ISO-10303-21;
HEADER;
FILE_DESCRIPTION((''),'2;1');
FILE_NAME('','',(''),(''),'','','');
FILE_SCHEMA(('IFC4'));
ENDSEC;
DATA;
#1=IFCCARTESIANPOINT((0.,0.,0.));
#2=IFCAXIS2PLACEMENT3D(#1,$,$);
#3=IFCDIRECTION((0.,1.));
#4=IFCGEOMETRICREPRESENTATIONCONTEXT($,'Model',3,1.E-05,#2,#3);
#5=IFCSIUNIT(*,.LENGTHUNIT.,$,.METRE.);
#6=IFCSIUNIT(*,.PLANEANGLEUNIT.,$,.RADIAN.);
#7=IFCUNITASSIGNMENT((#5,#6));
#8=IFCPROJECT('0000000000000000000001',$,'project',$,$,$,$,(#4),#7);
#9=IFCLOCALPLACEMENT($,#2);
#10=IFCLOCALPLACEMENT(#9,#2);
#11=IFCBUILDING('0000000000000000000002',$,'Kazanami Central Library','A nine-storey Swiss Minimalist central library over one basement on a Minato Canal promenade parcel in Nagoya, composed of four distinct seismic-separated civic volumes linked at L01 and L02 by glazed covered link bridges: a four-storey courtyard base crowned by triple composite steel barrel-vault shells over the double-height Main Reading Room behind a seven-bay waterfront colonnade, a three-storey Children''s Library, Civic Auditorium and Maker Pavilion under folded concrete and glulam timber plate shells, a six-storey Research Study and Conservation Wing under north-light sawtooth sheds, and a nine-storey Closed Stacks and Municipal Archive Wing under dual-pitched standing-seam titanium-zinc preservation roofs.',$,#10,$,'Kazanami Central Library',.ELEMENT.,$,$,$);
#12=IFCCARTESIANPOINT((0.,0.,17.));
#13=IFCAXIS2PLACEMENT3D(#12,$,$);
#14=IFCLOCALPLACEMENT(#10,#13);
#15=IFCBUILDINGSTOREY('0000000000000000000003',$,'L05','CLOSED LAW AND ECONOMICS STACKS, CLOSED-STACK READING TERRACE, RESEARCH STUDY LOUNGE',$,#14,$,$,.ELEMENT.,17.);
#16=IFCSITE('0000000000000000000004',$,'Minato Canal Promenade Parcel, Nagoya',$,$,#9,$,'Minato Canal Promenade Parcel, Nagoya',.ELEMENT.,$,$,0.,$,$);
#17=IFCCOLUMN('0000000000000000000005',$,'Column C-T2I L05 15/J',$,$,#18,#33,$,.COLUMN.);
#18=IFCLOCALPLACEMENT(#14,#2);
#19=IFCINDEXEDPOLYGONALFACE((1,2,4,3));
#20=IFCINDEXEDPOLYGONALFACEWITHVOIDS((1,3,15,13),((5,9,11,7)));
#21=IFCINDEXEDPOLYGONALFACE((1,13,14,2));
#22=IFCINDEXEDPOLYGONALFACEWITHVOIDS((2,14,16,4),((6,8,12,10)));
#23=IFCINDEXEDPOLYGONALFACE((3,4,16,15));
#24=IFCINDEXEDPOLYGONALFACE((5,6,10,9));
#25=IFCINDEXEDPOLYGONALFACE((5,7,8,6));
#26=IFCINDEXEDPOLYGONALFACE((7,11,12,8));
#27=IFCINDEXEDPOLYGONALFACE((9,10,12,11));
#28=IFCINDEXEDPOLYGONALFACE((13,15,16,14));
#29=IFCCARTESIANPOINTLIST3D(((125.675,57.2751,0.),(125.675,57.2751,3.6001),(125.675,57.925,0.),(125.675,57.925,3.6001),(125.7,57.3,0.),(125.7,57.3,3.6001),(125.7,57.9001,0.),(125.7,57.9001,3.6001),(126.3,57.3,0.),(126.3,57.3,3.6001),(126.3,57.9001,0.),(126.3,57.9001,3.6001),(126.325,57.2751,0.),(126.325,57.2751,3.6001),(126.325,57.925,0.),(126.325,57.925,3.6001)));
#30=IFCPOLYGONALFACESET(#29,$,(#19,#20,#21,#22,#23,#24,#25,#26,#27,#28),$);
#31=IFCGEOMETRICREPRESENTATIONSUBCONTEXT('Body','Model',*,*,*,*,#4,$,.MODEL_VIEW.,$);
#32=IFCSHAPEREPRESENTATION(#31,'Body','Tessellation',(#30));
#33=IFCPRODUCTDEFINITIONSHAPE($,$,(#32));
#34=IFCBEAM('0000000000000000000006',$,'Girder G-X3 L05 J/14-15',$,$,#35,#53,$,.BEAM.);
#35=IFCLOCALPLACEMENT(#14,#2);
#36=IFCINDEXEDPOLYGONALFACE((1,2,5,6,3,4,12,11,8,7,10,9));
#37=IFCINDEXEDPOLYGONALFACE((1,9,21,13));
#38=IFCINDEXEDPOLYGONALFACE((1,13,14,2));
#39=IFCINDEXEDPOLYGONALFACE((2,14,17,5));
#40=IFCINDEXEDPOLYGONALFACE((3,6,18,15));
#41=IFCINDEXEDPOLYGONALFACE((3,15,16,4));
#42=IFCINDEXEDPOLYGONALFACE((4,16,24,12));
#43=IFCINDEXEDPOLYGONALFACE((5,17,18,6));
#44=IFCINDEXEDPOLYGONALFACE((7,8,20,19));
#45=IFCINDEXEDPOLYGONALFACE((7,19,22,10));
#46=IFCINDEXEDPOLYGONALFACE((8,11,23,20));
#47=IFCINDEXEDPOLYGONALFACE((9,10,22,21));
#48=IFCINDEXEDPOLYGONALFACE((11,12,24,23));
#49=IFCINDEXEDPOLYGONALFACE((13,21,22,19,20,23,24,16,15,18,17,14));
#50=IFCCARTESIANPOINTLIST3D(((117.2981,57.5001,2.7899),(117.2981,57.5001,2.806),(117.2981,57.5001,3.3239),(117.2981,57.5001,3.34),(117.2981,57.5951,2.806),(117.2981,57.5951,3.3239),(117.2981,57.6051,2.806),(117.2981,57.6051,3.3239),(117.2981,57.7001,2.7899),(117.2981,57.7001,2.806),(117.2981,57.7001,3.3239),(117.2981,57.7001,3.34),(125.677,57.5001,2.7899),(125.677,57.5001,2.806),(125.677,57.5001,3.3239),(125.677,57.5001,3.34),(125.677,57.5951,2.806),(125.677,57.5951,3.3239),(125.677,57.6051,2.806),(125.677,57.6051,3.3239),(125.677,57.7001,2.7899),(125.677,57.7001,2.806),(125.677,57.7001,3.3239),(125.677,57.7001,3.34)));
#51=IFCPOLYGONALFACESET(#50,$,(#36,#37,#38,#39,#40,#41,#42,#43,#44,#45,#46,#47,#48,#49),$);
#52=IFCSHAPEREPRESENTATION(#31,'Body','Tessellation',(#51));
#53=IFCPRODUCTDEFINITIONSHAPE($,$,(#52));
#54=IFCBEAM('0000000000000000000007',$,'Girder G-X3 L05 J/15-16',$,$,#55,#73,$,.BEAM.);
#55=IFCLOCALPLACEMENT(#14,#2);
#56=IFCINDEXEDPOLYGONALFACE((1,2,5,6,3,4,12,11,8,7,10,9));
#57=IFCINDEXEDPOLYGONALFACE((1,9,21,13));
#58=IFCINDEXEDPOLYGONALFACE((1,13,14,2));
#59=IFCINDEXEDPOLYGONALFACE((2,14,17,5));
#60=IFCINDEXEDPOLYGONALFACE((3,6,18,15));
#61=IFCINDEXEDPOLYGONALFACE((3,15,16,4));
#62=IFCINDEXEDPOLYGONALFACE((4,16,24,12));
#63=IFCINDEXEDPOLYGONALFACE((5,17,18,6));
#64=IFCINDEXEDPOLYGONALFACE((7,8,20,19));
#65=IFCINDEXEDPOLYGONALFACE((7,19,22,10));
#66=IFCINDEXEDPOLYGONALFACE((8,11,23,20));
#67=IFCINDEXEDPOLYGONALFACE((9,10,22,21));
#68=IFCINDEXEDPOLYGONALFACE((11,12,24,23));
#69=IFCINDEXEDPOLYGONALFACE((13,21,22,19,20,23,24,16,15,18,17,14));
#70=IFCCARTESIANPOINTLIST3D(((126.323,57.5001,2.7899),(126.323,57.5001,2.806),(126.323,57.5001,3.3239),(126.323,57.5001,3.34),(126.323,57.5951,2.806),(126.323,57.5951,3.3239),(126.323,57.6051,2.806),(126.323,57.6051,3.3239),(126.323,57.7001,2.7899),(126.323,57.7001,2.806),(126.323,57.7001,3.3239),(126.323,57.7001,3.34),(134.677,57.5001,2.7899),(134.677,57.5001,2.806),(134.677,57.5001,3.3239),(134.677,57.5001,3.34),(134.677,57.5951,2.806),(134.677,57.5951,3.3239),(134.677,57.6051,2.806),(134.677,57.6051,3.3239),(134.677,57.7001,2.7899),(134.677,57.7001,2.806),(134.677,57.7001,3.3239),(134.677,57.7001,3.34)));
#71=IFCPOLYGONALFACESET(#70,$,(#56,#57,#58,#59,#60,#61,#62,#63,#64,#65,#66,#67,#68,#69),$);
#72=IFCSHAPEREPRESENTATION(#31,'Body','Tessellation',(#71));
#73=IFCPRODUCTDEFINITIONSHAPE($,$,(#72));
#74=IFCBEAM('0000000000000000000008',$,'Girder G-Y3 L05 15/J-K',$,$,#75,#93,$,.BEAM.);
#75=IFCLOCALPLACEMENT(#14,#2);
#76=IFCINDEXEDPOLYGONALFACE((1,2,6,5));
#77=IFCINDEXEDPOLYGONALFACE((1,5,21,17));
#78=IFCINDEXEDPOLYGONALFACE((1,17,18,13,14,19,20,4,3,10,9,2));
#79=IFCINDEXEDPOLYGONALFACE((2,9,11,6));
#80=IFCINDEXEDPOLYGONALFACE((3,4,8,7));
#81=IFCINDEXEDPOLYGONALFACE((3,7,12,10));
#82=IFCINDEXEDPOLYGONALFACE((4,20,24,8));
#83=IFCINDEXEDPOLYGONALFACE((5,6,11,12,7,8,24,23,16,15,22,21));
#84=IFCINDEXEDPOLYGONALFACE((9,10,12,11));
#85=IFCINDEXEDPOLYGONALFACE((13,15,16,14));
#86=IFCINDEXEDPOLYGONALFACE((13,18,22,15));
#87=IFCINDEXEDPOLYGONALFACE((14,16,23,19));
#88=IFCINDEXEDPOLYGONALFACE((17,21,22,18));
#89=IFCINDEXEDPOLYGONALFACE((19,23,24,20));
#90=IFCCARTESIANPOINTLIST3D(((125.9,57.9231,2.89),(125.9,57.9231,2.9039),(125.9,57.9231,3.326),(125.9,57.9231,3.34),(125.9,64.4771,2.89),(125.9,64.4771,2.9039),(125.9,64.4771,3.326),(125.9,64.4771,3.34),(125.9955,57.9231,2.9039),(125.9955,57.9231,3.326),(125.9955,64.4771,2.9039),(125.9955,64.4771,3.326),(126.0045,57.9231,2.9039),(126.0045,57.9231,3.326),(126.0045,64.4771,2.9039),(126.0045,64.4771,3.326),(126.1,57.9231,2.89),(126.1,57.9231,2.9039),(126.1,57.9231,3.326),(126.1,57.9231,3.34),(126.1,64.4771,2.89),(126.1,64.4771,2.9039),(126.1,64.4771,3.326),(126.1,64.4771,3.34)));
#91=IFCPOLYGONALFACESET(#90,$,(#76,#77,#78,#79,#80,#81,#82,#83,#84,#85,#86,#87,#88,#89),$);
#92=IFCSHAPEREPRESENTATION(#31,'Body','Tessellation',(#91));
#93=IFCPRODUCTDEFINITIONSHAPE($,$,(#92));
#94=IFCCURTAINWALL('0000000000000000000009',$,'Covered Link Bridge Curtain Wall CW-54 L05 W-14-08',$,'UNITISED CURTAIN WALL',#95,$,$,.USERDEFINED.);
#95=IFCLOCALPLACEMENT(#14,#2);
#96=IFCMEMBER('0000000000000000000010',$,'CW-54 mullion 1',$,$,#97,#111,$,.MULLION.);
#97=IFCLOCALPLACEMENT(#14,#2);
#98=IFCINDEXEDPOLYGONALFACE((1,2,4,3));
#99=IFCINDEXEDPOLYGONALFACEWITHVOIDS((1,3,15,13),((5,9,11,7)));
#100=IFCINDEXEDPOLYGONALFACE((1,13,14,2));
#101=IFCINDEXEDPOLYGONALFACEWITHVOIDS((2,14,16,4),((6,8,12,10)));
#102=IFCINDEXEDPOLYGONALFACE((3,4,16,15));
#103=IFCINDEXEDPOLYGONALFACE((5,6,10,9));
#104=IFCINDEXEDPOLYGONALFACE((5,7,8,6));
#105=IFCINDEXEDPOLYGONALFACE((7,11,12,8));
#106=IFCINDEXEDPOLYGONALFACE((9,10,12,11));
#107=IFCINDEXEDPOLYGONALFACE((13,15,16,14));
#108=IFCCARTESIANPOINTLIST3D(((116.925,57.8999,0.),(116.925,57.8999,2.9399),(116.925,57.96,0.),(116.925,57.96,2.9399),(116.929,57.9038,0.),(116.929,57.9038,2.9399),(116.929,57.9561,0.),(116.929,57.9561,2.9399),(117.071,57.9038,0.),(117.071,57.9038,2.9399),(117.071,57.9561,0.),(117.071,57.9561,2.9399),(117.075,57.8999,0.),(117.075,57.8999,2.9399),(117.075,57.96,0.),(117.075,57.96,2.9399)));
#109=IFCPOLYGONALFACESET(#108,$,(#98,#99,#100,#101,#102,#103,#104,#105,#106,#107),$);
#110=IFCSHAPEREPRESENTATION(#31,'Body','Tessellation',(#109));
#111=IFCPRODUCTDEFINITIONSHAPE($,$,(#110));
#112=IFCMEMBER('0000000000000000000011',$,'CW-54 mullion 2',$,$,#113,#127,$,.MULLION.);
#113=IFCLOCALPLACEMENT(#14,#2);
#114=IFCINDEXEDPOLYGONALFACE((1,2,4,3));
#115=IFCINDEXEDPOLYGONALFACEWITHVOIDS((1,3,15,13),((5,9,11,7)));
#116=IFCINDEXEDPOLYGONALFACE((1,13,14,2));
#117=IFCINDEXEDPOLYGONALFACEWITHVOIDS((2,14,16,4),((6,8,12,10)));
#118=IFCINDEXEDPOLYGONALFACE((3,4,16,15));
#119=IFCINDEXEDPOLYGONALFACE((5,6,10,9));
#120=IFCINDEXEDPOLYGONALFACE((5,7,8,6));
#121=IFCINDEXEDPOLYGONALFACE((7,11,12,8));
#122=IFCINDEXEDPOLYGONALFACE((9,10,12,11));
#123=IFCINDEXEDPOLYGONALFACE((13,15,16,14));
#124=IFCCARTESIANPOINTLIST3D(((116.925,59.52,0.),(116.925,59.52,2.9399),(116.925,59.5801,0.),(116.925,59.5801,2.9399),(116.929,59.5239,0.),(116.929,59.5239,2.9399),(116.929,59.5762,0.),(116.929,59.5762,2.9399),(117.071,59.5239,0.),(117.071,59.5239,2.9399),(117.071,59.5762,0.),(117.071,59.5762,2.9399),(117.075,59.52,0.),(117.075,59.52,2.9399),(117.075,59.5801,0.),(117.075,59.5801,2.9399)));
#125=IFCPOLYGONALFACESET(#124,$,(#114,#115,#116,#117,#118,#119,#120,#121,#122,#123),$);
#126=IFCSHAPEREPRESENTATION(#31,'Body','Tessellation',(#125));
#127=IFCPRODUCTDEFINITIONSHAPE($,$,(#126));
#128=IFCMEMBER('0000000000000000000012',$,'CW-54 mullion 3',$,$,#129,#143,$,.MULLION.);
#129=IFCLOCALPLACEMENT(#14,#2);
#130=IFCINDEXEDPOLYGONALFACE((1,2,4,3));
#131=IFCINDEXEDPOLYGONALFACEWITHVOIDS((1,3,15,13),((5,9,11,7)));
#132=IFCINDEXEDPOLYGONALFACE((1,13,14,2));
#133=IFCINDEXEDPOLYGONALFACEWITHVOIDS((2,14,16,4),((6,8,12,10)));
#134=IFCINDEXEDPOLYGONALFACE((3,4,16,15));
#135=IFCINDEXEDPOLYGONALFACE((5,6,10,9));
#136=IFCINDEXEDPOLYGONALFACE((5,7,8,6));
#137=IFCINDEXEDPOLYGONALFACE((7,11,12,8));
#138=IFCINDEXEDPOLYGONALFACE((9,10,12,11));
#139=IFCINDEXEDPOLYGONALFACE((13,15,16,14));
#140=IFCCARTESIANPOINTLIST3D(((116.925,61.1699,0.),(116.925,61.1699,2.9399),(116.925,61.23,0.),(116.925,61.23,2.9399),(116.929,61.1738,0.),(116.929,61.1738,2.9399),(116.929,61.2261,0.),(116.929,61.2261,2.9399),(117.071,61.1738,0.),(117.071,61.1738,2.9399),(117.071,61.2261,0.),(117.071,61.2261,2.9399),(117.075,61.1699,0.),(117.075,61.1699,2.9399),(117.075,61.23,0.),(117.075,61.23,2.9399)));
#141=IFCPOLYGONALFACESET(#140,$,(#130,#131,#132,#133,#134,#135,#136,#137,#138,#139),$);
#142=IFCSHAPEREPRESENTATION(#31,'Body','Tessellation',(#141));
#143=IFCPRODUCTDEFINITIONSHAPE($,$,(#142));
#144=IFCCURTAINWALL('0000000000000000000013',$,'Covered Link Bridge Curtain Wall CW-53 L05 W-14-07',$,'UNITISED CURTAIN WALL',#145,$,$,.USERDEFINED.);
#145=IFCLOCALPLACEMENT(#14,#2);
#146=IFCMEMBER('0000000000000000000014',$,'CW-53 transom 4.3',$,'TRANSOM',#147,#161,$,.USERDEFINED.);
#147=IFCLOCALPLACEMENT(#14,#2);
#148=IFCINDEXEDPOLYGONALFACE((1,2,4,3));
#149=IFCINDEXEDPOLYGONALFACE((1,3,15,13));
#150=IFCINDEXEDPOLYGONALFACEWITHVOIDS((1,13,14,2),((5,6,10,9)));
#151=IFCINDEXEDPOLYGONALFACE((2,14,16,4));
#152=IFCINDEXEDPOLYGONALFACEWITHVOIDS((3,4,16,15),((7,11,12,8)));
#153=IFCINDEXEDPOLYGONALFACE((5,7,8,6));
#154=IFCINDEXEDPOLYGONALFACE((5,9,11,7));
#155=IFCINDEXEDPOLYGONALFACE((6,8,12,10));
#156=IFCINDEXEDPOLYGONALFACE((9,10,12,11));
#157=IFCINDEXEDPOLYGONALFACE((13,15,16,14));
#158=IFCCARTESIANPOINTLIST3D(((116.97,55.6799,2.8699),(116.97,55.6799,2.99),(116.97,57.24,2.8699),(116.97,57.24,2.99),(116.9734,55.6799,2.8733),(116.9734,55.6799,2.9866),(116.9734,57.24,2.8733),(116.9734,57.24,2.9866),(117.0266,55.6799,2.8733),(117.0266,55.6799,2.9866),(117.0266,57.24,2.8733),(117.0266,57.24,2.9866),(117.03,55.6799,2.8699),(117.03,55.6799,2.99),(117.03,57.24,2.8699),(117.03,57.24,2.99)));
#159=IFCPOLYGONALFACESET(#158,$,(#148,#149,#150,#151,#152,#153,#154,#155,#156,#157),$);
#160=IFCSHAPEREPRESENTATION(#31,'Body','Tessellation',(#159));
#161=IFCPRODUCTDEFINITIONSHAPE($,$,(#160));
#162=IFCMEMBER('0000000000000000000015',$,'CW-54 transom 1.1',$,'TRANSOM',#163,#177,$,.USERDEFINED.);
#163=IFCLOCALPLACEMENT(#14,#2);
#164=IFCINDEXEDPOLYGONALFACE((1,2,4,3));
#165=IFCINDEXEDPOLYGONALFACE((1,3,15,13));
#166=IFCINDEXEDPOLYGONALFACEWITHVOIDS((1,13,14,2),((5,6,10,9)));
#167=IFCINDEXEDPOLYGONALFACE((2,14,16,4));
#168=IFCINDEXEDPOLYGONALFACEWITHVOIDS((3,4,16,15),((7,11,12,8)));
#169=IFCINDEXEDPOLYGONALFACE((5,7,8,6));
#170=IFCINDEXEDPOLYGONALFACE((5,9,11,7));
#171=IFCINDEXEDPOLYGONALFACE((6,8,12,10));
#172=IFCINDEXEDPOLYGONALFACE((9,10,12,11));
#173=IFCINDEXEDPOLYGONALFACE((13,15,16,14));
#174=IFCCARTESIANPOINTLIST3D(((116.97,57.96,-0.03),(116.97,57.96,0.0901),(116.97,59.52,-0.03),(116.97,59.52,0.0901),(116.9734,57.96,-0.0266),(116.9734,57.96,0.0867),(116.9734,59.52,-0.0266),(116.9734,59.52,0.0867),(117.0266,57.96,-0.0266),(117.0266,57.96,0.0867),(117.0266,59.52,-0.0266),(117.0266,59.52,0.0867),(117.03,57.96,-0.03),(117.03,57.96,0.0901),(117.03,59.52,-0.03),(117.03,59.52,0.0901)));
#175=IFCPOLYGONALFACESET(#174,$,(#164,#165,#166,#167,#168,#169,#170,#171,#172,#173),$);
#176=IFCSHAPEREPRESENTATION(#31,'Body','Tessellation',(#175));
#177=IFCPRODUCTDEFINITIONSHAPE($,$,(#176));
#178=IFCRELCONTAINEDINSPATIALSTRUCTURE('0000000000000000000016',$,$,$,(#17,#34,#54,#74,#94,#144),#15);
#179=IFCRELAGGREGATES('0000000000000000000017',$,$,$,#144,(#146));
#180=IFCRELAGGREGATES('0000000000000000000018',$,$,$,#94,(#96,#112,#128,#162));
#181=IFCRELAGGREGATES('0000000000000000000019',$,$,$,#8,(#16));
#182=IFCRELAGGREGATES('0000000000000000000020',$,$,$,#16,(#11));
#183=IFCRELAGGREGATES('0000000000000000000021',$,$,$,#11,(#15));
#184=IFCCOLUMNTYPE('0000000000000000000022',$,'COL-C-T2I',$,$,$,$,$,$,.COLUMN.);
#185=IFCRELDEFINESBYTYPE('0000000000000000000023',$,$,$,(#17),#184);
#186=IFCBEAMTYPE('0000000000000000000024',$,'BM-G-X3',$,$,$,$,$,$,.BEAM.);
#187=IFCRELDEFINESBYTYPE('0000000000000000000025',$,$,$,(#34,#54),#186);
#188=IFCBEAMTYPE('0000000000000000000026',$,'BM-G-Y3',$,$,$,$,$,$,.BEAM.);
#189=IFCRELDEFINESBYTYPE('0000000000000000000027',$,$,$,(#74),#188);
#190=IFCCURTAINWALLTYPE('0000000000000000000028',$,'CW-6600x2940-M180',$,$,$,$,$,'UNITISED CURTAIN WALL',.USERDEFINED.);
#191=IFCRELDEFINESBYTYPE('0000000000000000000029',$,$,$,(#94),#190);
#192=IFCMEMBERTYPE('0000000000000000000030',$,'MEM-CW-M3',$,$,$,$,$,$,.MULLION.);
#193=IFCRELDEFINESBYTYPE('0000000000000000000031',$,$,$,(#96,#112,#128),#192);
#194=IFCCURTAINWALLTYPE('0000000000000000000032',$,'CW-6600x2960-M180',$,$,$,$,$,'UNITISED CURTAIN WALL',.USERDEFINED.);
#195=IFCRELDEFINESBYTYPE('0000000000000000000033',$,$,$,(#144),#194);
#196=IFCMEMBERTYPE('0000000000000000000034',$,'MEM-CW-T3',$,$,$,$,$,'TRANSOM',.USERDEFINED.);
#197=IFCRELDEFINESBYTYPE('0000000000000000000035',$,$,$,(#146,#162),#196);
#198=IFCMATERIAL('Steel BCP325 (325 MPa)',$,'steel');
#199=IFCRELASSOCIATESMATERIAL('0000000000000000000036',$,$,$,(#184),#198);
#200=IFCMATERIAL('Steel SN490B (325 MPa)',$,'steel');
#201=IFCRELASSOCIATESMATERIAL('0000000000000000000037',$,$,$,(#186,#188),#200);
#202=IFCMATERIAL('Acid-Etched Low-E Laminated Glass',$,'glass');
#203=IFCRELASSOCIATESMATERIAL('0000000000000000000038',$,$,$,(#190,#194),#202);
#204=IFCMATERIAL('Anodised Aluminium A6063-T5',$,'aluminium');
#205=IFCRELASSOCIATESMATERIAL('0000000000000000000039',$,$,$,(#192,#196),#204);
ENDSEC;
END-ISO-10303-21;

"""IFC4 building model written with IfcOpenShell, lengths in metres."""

from ifc_helpers import new_model, si_unit, direction, frame, origin, origin_2d, place, context, subcontext, project, spatial, hollow_rectangle, i_section, extrude, material, material_profile, profile_set, type_object, element, aggregate, save


model = new_model("IFC4")

# Units and contexts
model_context = context("Model", 3, precision=1e-05, world=origin(), true_north=direction((0.0, 1.0)))
body_context = subcontext(model_context, "Body", "Model", "MODEL_VIEW")
ifc_project = project(units=[si_unit("LENGTHUNIT", "METRE"), si_unit("PLANEANGLEUNIT", "RADIAN")], contexts=[model_context])

# Site, building, storey
site_placement = place(None, origin())
site = spatial("IfcSite", under=ifc_project, at=site_placement, Name="Minato Canal Promenade Parcel, Nagoya", LongName="Minato Canal Promenade Parcel, Nagoya", CompositionType="ELEMENT", RefElevation=0.0)
building_placement = place(site_placement, origin())
building = spatial("IfcBuilding", under=site, at=building_placement, Name="Kazanami Central Library", Description="A nine-storey Swiss Minimalist central library over one basement on a Minato Canal promenade parcel in Nagoya, composed of four distinct seismic-separated civic volumes linked at L01 and L02 by glazed covered link bridges: a four-storey courtyard base crowned by triple composite steel barrel-vault shells over the double-height Main Reading Room behind a seven-bay waterfront colonnade, a three-storey Children's Library, Civic Auditorium and Maker Pavilion under folded concrete and glulam timber plate shells, a six-storey Research Study and Conservation Wing under north-light sawtooth sheds, and a nine-storey Closed Stacks and Municipal Archive Wing under dual-pitched standing-seam titanium-zinc preservation roofs.", LongName="Kazanami Central Library", CompositionType="ELEMENT")
storey_placement = place(building_placement, frame((0.0, 0.0, 17.0)))
storey = spatial("IfcBuildingStorey", under=building, at=storey_placement, Name="L05", Description="CLOSED LAW AND ECONOMICS STACKS, CLOSED-STACK READING TERRACE, RESEARCH STUDY LOUNGE", CompositionType="ELEMENT", Elevation=17.0)

# Column
ifc_material_1 = material(Name="Steel BCP325 (325 MPa)", Category="steel")
ifc_material_profile_1 = material_profile(ifc_material_1, hollow_rectangle(XDim=0.6499, YDim=0.6499, WallThickness=0.0249, at=origin_2d()), Name="BCP-650x650x25")
ifc_profile_set_1 = profile_set([ifc_material_profile_1], Name="Steel BCP325 (325 MPa)")
column_type = type_object("IfcColumnType", Name="COL-C-T2I", PredefinedType="COLUMN", material=ifc_profile_set_1)
column_placement = place(storey_placement, frame((126.0, 57.6001, 0.0), z_axis=(0.0, 0.0, 1.0), x_axis=(1.0, 0.0, 0.0)))
element("IfcColumn", 1, at=column_placement, inside=storey, type_object=column_type, Name="Column C-T2I L05 15/J", PredefinedType="COLUMN", context=body_context, shape_type="SweptSolid", body=[
    extrude(hollow_rectangle(XDim=0.6499, YDim=0.6499, WallThickness=0.0249, at=origin_2d()), origin(), (0.0, 0.0, 1.0), 3.6001),
])

# Beams
ifc_material_2 = material(Name="Steel SN490B (325 MPa)", Category="steel")
ifc_material_profile_2 = material_profile(ifc_material_2, i_section(OverallWidth=0.2, OverallDepth=0.55, WebThickness=0.01, FlangeThickness=0.0161, at=origin_2d()), Name="H-550x200x10x16")
ifc_profile_set_2 = profile_set([ifc_material_profile_2], Name="Steel SN490B (325 MPa)")
beam_type_1 = type_object("IfcBeamType", Name="BM-G-X3", PredefinedType="BEAM", material=ifc_profile_set_2)
beam_1_placement = place(storey_placement, frame((117.2981, 57.6001, 3.0649), z_axis=(1.0, 0.0, 0.0), x_axis=(0.0, 1.0, 0.0)))
element("IfcBeam", 2, at=beam_1_placement, inside=storey, type_object=beam_type_1, Name="Girder G-X3 L05 J/14-15", PredefinedType="BEAM", context=body_context, shape_type="SweptSolid", body=[
    extrude(i_section(OverallWidth=0.2, OverallDepth=0.55, WebThickness=0.01, FlangeThickness=0.0161, at=origin_2d()), origin(), (0.0, 0.0, 1.0), 8.3789),
])
beam_2_placement = place(storey_placement, frame((126.323, 57.6001, 3.0649), z_axis=(1.0, 0.0, 0.0), x_axis=(0.0, 1.0, 0.0)))
element("IfcBeam", 3, at=beam_2_placement, inside=storey, type_object=beam_type_1, Name="Girder G-X3 L05 J/15-16", PredefinedType="BEAM", context=body_context, shape_type="SweptSolid", body=[
    extrude(i_section(OverallWidth=0.2, OverallDepth=0.55, WebThickness=0.01, FlangeThickness=0.0161, at=origin_2d()), origin(), (0.0, 0.0, 1.0), 8.354),
])
ifc_material_profile_3 = material_profile(ifc_material_2, i_section(OverallWidth=0.2, OverallDepth=0.45, WebThickness=0.009, FlangeThickness=0.0139, at=origin_2d()), Name="H-450x200x9x14")
ifc_profile_set_3 = profile_set([ifc_material_profile_3], Name="Steel SN490B (325 MPa)")
beam_type_2 = type_object("IfcBeamType", Name="BM-G-Y3", PredefinedType="BEAM", material=ifc_profile_set_3)
beam_3_placement = place(storey_placement, frame((126.0, 57.9231, 3.115), z_axis=(0.0, 1.0, 0.0), x_axis=(-1.0, 0.0, 0.0)))
element("IfcBeam", 4, at=beam_3_placement, inside=storey, type_object=beam_type_2, Name="Girder G-Y3 L05 15/J-K", PredefinedType="BEAM", context=body_context, shape_type="SweptSolid", body=[
    extrude(i_section(OverallWidth=0.2, OverallDepth=0.45, WebThickness=0.009, FlangeThickness=0.0139, at=origin_2d()), origin(), (0.0, 0.0, 1.0), 6.554),
])

# Curtain wall, members
ifc_material_3 = material(Name="Acid-Etched Low-E Laminated Glass", Category="glass")
curtain_wall_type_1 = type_object("IfcCurtainWallType", Name="CW-6600x2940-M180", ElementType="UNITISED CURTAIN WALL", PredefinedType="USERDEFINED", material=ifc_material_3)
curtain_wall_1_placement = place(storey_placement, origin())
curtain_wall_1 = element("IfcCurtainWall", 5, at=curtain_wall_1_placement, inside=storey, type_object=curtain_wall_type_1, Name="Covered Link Bridge Curtain Wall CW-54 L05 W-14-08", ObjectType="UNITISED CURTAIN WALL", PredefinedType="USERDEFINED")
ifc_material_4 = material(Name="Anodised Aluminium A6063-T5", Category="aluminium")
ifc_material_profile_4 = material_profile(ifc_material_4, hollow_rectangle(XDim=0.0601, YDim=0.1499, WallThickness=0.0039, at=origin_2d()), Name="ALU-MULL-60x150x4")
ifc_profile_set_4 = profile_set([ifc_material_profile_4], Name="Anodised Aluminium A6063-T5")
member_type_1 = type_object("IfcMemberType", Name="MEM-CW-M3", PredefinedType="MULLION", material=ifc_profile_set_4)
member_1_placement = place(storey_placement, frame((117.0, 57.9299, 0.0), z_axis=(0.0, 0.0, 1.0), x_axis=(0.0, 1.0, 0.0)))
member_1 = element("IfcMember", 6, at=member_1_placement, type_object=member_type_1, Name="CW-54 mullion 1", PredefinedType="MULLION", context=body_context, shape_type="SweptSolid", body=[
    extrude(hollow_rectangle(XDim=0.0601, YDim=0.1499, WallThickness=0.0039, at=origin_2d()), origin(), (0.0, 0.0, 1.0), 2.9399),
])
member_2_placement = place(storey_placement, frame((117.0, 59.55, 0.0), z_axis=(0.0, 0.0, 1.0), x_axis=(0.0, 1.0, 0.0)))
member_2 = element("IfcMember", 7, at=member_2_placement, type_object=member_type_1, Name="CW-54 mullion 2", PredefinedType="MULLION", context=body_context, shape_type="SweptSolid", body=[
    extrude(hollow_rectangle(XDim=0.0601, YDim=0.1499, WallThickness=0.0039, at=origin_2d()), origin(), (0.0, 0.0, 1.0), 2.9399),
])
member_3_placement = place(storey_placement, frame((117.0, 61.2, 0.0), z_axis=(0.0, 0.0, 1.0), x_axis=(0.0, 1.0, 0.0)))
member_3 = element("IfcMember", 8, at=member_3_placement, type_object=member_type_1, Name="CW-54 mullion 3", PredefinedType="MULLION", context=body_context, shape_type="SweptSolid", body=[
    extrude(hollow_rectangle(XDim=0.0601, YDim=0.1499, WallThickness=0.0039, at=origin_2d()), origin(), (0.0, 0.0, 1.0), 2.9399),
])

# Curtain wall, member
curtain_wall_type_2 = type_object("IfcCurtainWallType", Name="CW-6600x2960-M180", ElementType="UNITISED CURTAIN WALL", PredefinedType="USERDEFINED", material=ifc_material_3)
curtain_wall_2_placement = place(storey_placement, origin())
curtain_wall_2 = element("IfcCurtainWall", 9, at=curtain_wall_2_placement, inside=storey, type_object=curtain_wall_type_2, Name="Covered Link Bridge Curtain Wall CW-53 L05 W-14-07", ObjectType="UNITISED CURTAIN WALL", PredefinedType="USERDEFINED")
ifc_material_profile_5 = material_profile(ifc_material_4, hollow_rectangle(XDim=0.0601, YDim=0.1201, WallThickness=0.0034, at=origin_2d()), Name="ALU-TRAN-60x120x3.5")
ifc_profile_set_5 = profile_set([ifc_material_profile_5], Name="Anodised Aluminium A6063-T5")
member_type_2 = type_object("IfcMemberType", Name="MEM-CW-T3", ElementType="TRANSOM", PredefinedType="USERDEFINED", material=ifc_profile_set_5)
member_4_placement = place(storey_placement, frame((117.0, 55.6799, 2.9299), z_axis=(0.0, 1.0, 0.0), x_axis=(-1.0, 0.0, 0.0)))
member_4 = element("IfcMember", 10, at=member_4_placement, type_object=member_type_2, Name="CW-53 transom 4.3", ObjectType="TRANSOM", PredefinedType="USERDEFINED", context=body_context, shape_type="SweptSolid", body=[
    extrude(hollow_rectangle(XDim=0.0601, YDim=0.1201, WallThickness=0.0034, at=origin_2d()), origin(), (0.0, 0.0, 1.0), 1.5601),
])

# Member
member_5_placement = place(storey_placement, frame((117.0, 57.96, 0.03), z_axis=(0.0, 1.0, 0.0), x_axis=(-1.0, 0.0, 0.0)))
member_5 = element("IfcMember", 11, at=member_5_placement, type_object=member_type_2, Name="CW-54 transom 1.1", ObjectType="TRANSOM", PredefinedType="USERDEFINED", context=body_context, shape_type="SweptSolid", body=[
    extrude(hollow_rectangle(XDim=0.0601, YDim=0.1201, WallThickness=0.0034, at=origin_2d()), origin(), (0.0, 0.0, 1.0), 1.5601),
])

aggregate(curtain_wall_2, [member_4])
aggregate(curtain_wall_1, [member_1, member_2, member_3, member_5])

save(model, "model.ifc")
